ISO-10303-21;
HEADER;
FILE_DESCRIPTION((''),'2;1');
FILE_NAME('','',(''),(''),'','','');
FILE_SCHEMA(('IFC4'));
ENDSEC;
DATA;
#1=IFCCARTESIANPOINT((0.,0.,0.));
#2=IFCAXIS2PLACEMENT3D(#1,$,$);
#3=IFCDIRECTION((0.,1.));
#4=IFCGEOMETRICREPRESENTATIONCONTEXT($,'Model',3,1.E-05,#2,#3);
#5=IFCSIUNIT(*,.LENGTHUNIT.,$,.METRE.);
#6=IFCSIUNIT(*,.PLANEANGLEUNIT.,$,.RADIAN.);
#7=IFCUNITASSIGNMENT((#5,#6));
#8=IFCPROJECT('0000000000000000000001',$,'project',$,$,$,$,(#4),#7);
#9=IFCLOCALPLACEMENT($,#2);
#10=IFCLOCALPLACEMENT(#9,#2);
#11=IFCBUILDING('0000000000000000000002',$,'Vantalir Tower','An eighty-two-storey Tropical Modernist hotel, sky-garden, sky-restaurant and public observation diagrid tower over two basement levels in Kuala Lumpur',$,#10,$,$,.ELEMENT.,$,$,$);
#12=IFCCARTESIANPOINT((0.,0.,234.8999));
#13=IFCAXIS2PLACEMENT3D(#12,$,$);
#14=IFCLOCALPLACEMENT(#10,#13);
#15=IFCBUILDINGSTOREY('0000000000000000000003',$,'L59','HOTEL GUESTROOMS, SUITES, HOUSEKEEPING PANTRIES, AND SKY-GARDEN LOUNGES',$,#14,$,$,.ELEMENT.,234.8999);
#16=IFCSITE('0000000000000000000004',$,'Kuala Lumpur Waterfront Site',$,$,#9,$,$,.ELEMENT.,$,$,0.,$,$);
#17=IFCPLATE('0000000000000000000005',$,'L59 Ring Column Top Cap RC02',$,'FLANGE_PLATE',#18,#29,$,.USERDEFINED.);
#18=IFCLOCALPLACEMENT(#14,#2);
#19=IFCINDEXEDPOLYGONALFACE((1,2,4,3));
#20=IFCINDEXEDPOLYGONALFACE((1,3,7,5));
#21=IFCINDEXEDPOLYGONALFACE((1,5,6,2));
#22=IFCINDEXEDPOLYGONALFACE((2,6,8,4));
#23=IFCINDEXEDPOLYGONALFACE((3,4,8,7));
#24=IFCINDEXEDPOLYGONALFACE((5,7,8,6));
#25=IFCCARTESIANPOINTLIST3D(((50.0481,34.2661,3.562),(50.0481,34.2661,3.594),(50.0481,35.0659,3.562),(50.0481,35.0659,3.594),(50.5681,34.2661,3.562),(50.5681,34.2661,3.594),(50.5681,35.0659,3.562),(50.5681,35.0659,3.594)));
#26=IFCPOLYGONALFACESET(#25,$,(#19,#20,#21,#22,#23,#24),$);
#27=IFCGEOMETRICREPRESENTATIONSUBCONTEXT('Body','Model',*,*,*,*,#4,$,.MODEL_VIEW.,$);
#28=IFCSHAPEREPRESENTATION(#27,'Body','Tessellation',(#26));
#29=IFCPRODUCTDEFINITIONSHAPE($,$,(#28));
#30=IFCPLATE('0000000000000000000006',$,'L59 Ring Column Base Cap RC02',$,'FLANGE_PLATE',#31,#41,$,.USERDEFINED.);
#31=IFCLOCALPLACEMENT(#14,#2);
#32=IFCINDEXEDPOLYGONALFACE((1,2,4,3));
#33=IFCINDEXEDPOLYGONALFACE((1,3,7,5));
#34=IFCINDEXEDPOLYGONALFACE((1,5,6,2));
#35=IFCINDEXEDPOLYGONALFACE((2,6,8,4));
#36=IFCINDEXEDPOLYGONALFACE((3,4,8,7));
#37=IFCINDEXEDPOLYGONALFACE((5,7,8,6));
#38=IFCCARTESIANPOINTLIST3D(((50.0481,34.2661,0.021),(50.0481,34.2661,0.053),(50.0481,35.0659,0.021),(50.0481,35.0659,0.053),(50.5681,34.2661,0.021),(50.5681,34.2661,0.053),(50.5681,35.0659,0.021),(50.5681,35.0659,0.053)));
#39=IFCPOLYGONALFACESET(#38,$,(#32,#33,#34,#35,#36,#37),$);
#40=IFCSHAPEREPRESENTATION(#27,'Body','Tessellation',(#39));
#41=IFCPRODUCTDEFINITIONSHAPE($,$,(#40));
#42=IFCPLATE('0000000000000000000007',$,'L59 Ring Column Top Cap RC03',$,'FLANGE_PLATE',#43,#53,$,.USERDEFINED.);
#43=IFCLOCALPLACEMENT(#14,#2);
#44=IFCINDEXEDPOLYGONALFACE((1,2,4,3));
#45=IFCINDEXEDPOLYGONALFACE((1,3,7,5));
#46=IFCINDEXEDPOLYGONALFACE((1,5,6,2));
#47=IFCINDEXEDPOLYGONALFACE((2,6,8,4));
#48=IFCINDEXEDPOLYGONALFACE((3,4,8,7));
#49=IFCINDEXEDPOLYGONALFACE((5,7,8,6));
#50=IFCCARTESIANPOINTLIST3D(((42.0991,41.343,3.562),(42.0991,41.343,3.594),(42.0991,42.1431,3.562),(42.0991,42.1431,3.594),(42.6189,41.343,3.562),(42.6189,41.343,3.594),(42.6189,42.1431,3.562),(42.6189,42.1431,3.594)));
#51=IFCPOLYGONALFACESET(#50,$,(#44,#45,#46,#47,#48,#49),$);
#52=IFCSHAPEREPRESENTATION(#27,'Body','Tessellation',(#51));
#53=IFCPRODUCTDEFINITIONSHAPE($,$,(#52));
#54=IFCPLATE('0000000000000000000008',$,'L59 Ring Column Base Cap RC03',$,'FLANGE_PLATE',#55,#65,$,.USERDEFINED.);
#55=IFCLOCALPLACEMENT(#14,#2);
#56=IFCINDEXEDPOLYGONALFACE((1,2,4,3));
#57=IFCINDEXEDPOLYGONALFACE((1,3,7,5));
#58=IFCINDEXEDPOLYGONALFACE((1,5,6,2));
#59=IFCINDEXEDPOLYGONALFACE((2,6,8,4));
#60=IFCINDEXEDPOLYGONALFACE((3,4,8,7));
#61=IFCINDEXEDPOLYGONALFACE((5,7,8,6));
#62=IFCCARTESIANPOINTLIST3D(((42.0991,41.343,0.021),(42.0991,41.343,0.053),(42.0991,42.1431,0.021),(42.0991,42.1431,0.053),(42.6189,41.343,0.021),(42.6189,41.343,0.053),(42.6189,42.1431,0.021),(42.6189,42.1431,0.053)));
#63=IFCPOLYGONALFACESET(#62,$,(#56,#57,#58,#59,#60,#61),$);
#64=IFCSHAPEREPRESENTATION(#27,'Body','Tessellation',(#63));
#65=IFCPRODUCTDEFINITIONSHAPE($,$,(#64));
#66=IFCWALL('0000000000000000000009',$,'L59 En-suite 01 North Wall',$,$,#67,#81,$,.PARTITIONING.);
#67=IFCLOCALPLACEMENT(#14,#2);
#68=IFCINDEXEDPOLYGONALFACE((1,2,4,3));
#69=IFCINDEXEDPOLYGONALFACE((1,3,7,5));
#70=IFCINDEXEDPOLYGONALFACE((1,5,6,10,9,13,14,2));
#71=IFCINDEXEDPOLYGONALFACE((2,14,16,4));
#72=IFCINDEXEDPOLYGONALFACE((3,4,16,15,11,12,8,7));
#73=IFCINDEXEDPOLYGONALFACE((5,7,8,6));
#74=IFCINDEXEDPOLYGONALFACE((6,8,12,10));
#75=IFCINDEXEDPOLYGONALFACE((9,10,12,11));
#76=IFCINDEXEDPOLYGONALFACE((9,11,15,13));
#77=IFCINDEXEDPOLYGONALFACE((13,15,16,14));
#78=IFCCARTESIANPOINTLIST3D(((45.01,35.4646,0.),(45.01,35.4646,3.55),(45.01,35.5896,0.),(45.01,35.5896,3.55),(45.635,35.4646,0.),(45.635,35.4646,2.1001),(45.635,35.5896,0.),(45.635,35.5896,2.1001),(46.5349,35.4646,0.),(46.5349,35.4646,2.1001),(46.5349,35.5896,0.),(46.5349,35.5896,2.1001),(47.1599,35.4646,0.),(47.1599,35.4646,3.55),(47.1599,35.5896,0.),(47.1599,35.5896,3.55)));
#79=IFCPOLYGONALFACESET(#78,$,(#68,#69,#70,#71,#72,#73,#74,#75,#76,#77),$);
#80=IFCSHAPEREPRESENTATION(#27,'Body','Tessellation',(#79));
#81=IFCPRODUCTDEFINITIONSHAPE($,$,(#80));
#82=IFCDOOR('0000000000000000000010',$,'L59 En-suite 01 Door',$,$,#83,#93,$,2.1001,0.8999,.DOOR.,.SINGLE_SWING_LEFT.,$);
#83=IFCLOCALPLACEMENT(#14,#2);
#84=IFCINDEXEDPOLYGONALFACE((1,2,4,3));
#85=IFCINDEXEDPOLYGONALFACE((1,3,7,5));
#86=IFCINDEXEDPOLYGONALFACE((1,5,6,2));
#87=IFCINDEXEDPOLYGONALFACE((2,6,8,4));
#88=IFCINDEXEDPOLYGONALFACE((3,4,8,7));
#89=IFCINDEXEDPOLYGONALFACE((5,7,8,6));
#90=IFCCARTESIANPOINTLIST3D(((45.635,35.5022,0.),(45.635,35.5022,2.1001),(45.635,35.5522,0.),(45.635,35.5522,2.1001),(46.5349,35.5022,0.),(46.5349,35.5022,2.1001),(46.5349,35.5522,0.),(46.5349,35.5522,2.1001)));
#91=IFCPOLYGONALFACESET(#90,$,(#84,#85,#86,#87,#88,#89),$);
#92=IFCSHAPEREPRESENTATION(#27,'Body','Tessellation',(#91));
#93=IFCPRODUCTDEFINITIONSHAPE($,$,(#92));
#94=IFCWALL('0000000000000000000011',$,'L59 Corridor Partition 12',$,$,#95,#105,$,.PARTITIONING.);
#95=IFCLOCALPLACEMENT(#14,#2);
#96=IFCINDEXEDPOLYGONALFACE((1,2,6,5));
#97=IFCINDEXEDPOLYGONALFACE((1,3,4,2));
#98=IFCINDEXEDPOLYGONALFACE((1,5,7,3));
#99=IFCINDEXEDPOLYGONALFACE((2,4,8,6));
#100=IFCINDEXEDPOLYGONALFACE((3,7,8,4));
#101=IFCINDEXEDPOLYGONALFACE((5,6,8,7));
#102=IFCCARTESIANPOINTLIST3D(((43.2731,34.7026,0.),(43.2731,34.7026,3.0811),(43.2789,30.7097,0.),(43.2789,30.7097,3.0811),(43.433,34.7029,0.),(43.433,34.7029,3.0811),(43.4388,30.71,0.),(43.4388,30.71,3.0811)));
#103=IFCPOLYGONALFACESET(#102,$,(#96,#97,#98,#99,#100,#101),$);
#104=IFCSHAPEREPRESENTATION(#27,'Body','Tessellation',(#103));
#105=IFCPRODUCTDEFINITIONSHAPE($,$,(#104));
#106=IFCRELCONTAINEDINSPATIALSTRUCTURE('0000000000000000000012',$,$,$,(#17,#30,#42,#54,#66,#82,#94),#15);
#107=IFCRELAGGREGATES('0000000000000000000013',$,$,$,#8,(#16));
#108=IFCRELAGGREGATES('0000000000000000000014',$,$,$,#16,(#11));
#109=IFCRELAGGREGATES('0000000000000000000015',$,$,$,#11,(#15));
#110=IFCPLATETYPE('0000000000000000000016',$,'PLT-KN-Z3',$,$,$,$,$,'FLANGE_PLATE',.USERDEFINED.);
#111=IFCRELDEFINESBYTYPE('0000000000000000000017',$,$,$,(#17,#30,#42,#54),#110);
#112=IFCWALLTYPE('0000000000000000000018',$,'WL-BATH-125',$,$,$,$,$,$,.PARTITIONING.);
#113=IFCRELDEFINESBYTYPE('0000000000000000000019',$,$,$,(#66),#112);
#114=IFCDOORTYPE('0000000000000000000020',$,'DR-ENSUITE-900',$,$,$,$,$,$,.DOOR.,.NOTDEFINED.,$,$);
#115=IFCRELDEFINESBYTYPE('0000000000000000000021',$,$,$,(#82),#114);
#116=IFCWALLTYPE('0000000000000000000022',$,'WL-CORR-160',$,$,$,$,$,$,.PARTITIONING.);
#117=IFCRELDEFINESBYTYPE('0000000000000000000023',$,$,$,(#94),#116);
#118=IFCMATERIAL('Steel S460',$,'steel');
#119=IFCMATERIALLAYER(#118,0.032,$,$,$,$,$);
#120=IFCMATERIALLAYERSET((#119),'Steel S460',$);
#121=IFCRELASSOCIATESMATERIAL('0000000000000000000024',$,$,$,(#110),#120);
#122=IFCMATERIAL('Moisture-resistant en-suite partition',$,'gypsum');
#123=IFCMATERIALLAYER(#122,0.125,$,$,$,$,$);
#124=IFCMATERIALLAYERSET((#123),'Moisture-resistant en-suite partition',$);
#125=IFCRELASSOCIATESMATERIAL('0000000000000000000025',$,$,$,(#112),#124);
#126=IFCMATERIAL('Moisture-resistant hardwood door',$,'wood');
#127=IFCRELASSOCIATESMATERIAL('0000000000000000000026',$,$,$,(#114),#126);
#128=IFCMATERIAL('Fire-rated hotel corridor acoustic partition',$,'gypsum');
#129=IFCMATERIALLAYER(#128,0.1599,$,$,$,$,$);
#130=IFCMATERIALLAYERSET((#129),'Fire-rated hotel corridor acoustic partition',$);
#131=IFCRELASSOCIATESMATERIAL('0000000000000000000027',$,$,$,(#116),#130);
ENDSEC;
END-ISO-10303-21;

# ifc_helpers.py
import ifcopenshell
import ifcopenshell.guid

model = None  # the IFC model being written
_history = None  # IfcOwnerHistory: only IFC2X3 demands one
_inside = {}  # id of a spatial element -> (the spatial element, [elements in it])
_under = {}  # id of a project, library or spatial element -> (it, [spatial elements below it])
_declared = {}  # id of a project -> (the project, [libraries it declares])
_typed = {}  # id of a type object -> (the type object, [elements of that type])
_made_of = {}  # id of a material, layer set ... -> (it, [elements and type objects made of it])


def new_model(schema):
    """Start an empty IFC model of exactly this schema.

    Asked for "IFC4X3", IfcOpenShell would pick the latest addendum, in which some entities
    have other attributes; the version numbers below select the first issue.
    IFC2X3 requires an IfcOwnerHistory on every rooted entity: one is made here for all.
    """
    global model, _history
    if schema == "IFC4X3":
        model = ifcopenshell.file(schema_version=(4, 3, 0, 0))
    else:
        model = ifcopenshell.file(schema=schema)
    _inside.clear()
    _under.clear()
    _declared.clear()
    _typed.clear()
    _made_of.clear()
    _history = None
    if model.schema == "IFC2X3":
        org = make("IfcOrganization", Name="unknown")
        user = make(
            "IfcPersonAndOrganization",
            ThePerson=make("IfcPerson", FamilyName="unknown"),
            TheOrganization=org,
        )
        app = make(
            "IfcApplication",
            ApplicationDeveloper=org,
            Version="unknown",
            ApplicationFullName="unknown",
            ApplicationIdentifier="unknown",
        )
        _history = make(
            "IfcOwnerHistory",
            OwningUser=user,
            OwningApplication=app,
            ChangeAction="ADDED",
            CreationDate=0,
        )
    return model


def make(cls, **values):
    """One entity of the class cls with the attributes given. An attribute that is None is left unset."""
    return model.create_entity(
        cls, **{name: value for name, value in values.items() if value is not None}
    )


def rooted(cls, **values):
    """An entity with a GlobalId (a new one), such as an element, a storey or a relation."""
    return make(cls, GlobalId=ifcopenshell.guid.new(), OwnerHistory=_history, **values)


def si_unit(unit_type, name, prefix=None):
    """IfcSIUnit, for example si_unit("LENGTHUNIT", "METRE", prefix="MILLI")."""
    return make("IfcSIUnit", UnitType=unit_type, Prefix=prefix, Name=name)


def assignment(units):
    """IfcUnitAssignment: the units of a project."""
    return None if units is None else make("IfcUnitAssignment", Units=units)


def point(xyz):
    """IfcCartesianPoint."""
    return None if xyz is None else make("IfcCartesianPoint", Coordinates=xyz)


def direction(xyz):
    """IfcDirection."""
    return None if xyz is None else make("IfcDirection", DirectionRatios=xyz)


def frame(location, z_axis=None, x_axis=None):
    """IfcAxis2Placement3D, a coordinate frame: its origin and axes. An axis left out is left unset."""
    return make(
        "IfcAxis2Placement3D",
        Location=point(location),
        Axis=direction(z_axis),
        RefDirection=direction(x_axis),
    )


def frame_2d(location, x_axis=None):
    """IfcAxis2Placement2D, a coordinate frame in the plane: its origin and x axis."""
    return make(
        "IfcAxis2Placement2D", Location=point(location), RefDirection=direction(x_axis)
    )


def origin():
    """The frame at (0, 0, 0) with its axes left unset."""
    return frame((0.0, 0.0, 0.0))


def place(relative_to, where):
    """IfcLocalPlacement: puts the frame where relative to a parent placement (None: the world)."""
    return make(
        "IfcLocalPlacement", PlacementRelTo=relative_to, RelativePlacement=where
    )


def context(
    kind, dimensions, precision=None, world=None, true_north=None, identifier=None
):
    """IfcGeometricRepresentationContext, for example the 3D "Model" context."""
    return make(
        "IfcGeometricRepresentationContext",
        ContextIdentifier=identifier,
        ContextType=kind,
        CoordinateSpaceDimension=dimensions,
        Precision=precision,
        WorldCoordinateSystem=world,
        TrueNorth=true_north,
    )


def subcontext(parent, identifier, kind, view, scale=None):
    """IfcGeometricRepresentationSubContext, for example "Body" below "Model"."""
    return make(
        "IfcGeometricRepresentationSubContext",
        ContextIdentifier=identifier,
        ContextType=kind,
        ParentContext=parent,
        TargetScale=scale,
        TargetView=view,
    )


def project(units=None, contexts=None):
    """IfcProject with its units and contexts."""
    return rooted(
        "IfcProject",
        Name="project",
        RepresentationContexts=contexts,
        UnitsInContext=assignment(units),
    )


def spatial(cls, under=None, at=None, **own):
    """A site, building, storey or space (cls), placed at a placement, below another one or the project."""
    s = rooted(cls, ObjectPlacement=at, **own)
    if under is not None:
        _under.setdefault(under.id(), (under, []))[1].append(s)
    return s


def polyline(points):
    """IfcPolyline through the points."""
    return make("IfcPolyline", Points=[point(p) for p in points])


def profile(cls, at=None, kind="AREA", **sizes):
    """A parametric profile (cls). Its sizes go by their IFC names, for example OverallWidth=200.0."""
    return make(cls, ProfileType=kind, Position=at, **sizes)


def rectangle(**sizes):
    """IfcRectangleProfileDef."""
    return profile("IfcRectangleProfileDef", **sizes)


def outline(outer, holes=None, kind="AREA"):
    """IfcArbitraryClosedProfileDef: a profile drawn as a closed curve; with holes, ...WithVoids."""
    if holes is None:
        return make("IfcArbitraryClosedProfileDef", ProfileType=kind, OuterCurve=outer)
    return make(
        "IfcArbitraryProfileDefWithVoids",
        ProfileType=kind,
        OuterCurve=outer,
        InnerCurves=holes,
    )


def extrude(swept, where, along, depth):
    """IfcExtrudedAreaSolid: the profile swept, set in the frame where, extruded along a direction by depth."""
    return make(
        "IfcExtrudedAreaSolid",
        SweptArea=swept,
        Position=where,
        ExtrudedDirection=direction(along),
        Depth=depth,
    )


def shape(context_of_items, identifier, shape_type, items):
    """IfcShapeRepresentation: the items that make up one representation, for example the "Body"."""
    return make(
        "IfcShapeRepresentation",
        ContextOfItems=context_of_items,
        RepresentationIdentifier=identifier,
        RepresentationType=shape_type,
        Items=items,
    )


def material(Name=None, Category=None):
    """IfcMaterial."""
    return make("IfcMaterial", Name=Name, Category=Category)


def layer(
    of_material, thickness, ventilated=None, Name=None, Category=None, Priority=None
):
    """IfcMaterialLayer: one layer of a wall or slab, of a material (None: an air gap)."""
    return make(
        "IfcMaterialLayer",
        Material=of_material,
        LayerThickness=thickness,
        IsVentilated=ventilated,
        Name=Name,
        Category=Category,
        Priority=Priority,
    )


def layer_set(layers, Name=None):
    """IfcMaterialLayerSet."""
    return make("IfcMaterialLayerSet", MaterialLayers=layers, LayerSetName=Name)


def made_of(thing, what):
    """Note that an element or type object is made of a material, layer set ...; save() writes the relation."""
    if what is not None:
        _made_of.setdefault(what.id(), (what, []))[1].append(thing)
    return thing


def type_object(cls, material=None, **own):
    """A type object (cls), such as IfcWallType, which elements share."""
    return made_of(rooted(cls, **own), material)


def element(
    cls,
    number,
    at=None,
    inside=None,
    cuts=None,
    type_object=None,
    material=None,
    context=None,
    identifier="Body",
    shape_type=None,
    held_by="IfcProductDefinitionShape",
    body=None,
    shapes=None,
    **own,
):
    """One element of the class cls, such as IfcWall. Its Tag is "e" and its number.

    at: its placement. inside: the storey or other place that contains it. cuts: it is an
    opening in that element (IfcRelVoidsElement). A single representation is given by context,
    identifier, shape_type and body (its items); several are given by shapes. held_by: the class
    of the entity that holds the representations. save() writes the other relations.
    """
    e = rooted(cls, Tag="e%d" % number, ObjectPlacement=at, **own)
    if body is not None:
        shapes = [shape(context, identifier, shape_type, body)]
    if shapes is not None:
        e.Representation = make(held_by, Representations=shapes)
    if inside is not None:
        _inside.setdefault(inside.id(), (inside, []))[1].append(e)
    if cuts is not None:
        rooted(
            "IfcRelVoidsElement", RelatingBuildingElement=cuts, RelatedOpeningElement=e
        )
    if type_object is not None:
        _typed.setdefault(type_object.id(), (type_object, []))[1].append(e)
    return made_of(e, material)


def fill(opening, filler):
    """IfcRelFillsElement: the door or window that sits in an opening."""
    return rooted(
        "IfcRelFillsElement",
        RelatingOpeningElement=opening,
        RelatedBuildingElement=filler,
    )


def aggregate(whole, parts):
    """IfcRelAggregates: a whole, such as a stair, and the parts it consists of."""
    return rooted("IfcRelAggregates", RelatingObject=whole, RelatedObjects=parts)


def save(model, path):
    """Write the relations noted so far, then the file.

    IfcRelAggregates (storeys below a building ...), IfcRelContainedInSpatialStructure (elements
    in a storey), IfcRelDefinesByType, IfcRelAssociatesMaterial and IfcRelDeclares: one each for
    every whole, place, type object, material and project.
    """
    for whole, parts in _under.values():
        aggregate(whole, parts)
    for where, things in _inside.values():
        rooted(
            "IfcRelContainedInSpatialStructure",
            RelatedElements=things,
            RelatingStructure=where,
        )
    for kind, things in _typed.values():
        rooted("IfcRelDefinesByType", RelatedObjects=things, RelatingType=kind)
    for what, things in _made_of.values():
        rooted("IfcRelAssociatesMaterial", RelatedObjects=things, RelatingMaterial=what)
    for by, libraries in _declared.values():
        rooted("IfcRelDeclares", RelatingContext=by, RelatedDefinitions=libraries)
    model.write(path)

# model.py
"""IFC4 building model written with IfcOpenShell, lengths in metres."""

from ifc_helpers import new_model, si_unit, direction, frame, frame_2d, origin, place, context, subcontext, project, spatial, polyline, rectangle, outline, extrude, material, layer, layer_set, type_object, element, fill, save


model = new_model("IFC4")

# Units and contexts
model_context = context("Model", 3, precision=1e-05, world=origin(), true_north=direction((0.0, 1.0)))
body_context = subcontext(model_context, "Body", "Model", "MODEL_VIEW")
ifc_project = project(units=[si_unit("LENGTHUNIT", "METRE"), si_unit("PLANEANGLEUNIT", "RADIAN")], contexts=[model_context])

# Site, building, storey
site_placement = place(None, origin())
site = spatial("IfcSite", under=ifc_project, at=site_placement, Name="Kuala Lumpur Waterfront Site", CompositionType="ELEMENT", RefElevation=0.0)
building_placement = place(site_placement, origin())
building = spatial("IfcBuilding", under=site, at=building_placement, Name="Vantalir Tower", Description="An eighty-two-storey Tropical Modernist hotel, sky-garden, sky-restaurant and public observation diagrid tower over two basement levels in Kuala Lumpur", CompositionType="ELEMENT")
storey_placement = place(building_placement, frame((0.0, 0.0, 234.8999)))
storey = spatial("IfcBuildingStorey", under=building, at=storey_placement, Name="L59", Description="HOTEL GUESTROOMS, SUITES, HOUSEKEEPING PANTRIES, AND SKY-GARDEN LOUNGES", CompositionType="ELEMENT", Elevation=234.8999)

# Shared definitions
ifc_material_1 = material(Name="Steel S460", Category="steel")

# Plates
ifc_layer_1 = layer(ifc_material_1, 0.032)
ifc_layer_set_1 = layer_set([ifc_layer_1], Name="Steel S460")
plate_type_1 = type_object("IfcPlateType", Name="PLT-KN-Z3", ElementType="FLANGE_PLATE", PredefinedType="USERDEFINED", material=ifc_layer_set_1)
for number, where, z_axis, x_axis, name in (
    (1, (50.0481, 35.0659, 3.594), (0.0, 0.0, 1.0), (0.0, -1.0, 0.0), "L59 Ring Column Top Cap RC02"),
    (2, (50.0481, 35.0659, 0.053), (0.0, 0.0, 1.0), (0.0, -1.0, 0.0), "L59 Ring Column Base Cap RC02"),
):
    element("IfcPlate", number, at=place(storey_placement, frame(where, z_axis=z_axis, x_axis=x_axis)), inside=storey, type_object=plate_type_1, Name=name, ObjectType="FLANGE_PLATE", PredefinedType="USERDEFINED", context=body_context, shape_type="SweptSolid", body=[
        extrude(outline(polyline([(0.0, 0.0), (0.7998, 0.0), (0.7998, 0.52), (0.0, 0.52), (0.0, 0.0)])), origin(), (0.0, 0.0, -1.0), 0.032),
    ])
for number, where, z_axis, x_axis, name in (
    (3, (42.0991, 42.1431, 3.594), (0.0, 0.0, 1.0), (0.0, -1.0, 0.0), "L59 Ring Column Top Cap RC03"),
    (4, (42.0991, 42.1431, 0.053), (0.0, 0.0, 1.0), (0.0, -1.0, 0.0), "L59 Ring Column Base Cap RC03"),
):
    element("IfcPlate", number, at=place(storey_placement, frame(where, z_axis=z_axis, x_axis=x_axis)), inside=storey, type_object=plate_type_1, Name=name, ObjectType="FLANGE_PLATE", PredefinedType="USERDEFINED", context=body_context, shape_type="SweptSolid", body=[
        extrude(outline(polyline([(0.0, 0.0), (0.8, 0.0), (0.8, 0.5198), (0.0, 0.5198), (0.0, 0.0)])), origin(), (0.0, 0.0, -1.0), 0.032),
    ])

# Wall, opening, door
ifc_material_2 = material(Name="Moisture-resistant en-suite partition", Category="gypsum")
ifc_layer_2 = layer(ifc_material_2, 0.125)
ifc_layer_set_2 = layer_set([ifc_layer_2], Name="Moisture-resistant en-suite partition")
wall_type_1 = type_object("IfcWallType", Name="WL-BATH-125", PredefinedType="PARTITIONING", material=ifc_layer_set_2)
wall_1_placement = place(storey_placement, frame((45.01, 35.5271, 0.0), z_axis=(0.0, 0.0, 1.0), x_axis=(1.0, 0.0, 0.0)))
wall_1 = element("IfcWall", 5, at=wall_1_placement, inside=storey, type_object=wall_type_1, Name="L59 En-suite 01 North Wall", PredefinedType="PARTITIONING", context=body_context, shape_type="SweptSolid", body=[
    extrude(rectangle(XDim=2.1499, YDim=0.125, at=frame_2d((1.075, 0.0))), origin(), (0.0, 0.0, 1.0), 3.55),
])
opening_placement = place(wall_1_placement, frame((0.625, 0.0, 0.0)))
opening = element("IfcOpeningElement", 6, at=opening_placement, cuts=wall_1, PredefinedType="OPENING", context=body_context, shape_type="SweptSolid", body=[
    extrude(rectangle(XDim=0.8999, YDim=2.1001, at=frame_2d((0.45, 1.05))), frame((0.0, 0.0725, 0.0), z_axis=(0.0, -1.0, 0.0), x_axis=(1.0, 0.0, 0.0)), (0.0, 0.0, 1.0), 0.145),
])
ifc_material_3 = material(Name="Moisture-resistant hardwood door", Category="wood")
door_type = type_object("IfcDoorType", Name="DR-ENSUITE-900", OperationType="NOTDEFINED", PredefinedType="DOOR", material=ifc_material_3)
door_placement = place(opening_placement, frame((0.8999, 0.0, 0.0), z_axis=(0.0, 0.0, 1.0), x_axis=(-1.0, 0.0, 0.0)))
door = element("IfcDoor", 7, at=door_placement, inside=storey, type_object=door_type, Name="L59 En-suite 01 Door", OperationType="SINGLE_SWING_LEFT", OverallHeight=2.1001, OverallWidth=0.8999, PredefinedType="DOOR", context=body_context, shape_type="SweptSolid", body=[
    extrude(rectangle(XDim=0.8999, YDim=2.1001, at=frame_2d((0.45, 1.05))), frame((0.0, 0.0249, 0.0), z_axis=(0.0, -1.0, 0.0), x_axis=(1.0, 0.0, 0.0)), (0.0, 0.0, 1.0), 0.05),
])
fill(opening, door)

# Wall
ifc_material_4 = material(Name="Fire-rated hotel corridor acoustic partition", Category="gypsum")
ifc_layer_3 = layer(ifc_material_4, 0.1599)
ifc_layer_set_3 = layer_set([ifc_layer_3], Name="Fire-rated hotel corridor acoustic partition")
wall_type_2 = type_object("IfcWallType", Name="WL-CORR-160", PredefinedType="PARTITIONING", material=ifc_layer_set_3)
wall_2_placement = place(storey_placement, frame((43.353, 34.7029, 0.0), z_axis=(0.0, 0.0, 1.0), x_axis=(0.001467, -0.999999, 0.0)))
element("IfcWall", 8, at=wall_2_placement, inside=storey, type_object=wall_type_2, Name="L59 Corridor Partition 12", PredefinedType="PARTITIONING", context=body_context, shape_type="SweptSolid", body=[
    extrude(rectangle(XDim=3.9929, YDim=0.1599, at=frame_2d((1.9966, 0.0))), origin(), (0.0, 0.0, 1.0), 3.0811),
])

save(model, "model.ifc")
